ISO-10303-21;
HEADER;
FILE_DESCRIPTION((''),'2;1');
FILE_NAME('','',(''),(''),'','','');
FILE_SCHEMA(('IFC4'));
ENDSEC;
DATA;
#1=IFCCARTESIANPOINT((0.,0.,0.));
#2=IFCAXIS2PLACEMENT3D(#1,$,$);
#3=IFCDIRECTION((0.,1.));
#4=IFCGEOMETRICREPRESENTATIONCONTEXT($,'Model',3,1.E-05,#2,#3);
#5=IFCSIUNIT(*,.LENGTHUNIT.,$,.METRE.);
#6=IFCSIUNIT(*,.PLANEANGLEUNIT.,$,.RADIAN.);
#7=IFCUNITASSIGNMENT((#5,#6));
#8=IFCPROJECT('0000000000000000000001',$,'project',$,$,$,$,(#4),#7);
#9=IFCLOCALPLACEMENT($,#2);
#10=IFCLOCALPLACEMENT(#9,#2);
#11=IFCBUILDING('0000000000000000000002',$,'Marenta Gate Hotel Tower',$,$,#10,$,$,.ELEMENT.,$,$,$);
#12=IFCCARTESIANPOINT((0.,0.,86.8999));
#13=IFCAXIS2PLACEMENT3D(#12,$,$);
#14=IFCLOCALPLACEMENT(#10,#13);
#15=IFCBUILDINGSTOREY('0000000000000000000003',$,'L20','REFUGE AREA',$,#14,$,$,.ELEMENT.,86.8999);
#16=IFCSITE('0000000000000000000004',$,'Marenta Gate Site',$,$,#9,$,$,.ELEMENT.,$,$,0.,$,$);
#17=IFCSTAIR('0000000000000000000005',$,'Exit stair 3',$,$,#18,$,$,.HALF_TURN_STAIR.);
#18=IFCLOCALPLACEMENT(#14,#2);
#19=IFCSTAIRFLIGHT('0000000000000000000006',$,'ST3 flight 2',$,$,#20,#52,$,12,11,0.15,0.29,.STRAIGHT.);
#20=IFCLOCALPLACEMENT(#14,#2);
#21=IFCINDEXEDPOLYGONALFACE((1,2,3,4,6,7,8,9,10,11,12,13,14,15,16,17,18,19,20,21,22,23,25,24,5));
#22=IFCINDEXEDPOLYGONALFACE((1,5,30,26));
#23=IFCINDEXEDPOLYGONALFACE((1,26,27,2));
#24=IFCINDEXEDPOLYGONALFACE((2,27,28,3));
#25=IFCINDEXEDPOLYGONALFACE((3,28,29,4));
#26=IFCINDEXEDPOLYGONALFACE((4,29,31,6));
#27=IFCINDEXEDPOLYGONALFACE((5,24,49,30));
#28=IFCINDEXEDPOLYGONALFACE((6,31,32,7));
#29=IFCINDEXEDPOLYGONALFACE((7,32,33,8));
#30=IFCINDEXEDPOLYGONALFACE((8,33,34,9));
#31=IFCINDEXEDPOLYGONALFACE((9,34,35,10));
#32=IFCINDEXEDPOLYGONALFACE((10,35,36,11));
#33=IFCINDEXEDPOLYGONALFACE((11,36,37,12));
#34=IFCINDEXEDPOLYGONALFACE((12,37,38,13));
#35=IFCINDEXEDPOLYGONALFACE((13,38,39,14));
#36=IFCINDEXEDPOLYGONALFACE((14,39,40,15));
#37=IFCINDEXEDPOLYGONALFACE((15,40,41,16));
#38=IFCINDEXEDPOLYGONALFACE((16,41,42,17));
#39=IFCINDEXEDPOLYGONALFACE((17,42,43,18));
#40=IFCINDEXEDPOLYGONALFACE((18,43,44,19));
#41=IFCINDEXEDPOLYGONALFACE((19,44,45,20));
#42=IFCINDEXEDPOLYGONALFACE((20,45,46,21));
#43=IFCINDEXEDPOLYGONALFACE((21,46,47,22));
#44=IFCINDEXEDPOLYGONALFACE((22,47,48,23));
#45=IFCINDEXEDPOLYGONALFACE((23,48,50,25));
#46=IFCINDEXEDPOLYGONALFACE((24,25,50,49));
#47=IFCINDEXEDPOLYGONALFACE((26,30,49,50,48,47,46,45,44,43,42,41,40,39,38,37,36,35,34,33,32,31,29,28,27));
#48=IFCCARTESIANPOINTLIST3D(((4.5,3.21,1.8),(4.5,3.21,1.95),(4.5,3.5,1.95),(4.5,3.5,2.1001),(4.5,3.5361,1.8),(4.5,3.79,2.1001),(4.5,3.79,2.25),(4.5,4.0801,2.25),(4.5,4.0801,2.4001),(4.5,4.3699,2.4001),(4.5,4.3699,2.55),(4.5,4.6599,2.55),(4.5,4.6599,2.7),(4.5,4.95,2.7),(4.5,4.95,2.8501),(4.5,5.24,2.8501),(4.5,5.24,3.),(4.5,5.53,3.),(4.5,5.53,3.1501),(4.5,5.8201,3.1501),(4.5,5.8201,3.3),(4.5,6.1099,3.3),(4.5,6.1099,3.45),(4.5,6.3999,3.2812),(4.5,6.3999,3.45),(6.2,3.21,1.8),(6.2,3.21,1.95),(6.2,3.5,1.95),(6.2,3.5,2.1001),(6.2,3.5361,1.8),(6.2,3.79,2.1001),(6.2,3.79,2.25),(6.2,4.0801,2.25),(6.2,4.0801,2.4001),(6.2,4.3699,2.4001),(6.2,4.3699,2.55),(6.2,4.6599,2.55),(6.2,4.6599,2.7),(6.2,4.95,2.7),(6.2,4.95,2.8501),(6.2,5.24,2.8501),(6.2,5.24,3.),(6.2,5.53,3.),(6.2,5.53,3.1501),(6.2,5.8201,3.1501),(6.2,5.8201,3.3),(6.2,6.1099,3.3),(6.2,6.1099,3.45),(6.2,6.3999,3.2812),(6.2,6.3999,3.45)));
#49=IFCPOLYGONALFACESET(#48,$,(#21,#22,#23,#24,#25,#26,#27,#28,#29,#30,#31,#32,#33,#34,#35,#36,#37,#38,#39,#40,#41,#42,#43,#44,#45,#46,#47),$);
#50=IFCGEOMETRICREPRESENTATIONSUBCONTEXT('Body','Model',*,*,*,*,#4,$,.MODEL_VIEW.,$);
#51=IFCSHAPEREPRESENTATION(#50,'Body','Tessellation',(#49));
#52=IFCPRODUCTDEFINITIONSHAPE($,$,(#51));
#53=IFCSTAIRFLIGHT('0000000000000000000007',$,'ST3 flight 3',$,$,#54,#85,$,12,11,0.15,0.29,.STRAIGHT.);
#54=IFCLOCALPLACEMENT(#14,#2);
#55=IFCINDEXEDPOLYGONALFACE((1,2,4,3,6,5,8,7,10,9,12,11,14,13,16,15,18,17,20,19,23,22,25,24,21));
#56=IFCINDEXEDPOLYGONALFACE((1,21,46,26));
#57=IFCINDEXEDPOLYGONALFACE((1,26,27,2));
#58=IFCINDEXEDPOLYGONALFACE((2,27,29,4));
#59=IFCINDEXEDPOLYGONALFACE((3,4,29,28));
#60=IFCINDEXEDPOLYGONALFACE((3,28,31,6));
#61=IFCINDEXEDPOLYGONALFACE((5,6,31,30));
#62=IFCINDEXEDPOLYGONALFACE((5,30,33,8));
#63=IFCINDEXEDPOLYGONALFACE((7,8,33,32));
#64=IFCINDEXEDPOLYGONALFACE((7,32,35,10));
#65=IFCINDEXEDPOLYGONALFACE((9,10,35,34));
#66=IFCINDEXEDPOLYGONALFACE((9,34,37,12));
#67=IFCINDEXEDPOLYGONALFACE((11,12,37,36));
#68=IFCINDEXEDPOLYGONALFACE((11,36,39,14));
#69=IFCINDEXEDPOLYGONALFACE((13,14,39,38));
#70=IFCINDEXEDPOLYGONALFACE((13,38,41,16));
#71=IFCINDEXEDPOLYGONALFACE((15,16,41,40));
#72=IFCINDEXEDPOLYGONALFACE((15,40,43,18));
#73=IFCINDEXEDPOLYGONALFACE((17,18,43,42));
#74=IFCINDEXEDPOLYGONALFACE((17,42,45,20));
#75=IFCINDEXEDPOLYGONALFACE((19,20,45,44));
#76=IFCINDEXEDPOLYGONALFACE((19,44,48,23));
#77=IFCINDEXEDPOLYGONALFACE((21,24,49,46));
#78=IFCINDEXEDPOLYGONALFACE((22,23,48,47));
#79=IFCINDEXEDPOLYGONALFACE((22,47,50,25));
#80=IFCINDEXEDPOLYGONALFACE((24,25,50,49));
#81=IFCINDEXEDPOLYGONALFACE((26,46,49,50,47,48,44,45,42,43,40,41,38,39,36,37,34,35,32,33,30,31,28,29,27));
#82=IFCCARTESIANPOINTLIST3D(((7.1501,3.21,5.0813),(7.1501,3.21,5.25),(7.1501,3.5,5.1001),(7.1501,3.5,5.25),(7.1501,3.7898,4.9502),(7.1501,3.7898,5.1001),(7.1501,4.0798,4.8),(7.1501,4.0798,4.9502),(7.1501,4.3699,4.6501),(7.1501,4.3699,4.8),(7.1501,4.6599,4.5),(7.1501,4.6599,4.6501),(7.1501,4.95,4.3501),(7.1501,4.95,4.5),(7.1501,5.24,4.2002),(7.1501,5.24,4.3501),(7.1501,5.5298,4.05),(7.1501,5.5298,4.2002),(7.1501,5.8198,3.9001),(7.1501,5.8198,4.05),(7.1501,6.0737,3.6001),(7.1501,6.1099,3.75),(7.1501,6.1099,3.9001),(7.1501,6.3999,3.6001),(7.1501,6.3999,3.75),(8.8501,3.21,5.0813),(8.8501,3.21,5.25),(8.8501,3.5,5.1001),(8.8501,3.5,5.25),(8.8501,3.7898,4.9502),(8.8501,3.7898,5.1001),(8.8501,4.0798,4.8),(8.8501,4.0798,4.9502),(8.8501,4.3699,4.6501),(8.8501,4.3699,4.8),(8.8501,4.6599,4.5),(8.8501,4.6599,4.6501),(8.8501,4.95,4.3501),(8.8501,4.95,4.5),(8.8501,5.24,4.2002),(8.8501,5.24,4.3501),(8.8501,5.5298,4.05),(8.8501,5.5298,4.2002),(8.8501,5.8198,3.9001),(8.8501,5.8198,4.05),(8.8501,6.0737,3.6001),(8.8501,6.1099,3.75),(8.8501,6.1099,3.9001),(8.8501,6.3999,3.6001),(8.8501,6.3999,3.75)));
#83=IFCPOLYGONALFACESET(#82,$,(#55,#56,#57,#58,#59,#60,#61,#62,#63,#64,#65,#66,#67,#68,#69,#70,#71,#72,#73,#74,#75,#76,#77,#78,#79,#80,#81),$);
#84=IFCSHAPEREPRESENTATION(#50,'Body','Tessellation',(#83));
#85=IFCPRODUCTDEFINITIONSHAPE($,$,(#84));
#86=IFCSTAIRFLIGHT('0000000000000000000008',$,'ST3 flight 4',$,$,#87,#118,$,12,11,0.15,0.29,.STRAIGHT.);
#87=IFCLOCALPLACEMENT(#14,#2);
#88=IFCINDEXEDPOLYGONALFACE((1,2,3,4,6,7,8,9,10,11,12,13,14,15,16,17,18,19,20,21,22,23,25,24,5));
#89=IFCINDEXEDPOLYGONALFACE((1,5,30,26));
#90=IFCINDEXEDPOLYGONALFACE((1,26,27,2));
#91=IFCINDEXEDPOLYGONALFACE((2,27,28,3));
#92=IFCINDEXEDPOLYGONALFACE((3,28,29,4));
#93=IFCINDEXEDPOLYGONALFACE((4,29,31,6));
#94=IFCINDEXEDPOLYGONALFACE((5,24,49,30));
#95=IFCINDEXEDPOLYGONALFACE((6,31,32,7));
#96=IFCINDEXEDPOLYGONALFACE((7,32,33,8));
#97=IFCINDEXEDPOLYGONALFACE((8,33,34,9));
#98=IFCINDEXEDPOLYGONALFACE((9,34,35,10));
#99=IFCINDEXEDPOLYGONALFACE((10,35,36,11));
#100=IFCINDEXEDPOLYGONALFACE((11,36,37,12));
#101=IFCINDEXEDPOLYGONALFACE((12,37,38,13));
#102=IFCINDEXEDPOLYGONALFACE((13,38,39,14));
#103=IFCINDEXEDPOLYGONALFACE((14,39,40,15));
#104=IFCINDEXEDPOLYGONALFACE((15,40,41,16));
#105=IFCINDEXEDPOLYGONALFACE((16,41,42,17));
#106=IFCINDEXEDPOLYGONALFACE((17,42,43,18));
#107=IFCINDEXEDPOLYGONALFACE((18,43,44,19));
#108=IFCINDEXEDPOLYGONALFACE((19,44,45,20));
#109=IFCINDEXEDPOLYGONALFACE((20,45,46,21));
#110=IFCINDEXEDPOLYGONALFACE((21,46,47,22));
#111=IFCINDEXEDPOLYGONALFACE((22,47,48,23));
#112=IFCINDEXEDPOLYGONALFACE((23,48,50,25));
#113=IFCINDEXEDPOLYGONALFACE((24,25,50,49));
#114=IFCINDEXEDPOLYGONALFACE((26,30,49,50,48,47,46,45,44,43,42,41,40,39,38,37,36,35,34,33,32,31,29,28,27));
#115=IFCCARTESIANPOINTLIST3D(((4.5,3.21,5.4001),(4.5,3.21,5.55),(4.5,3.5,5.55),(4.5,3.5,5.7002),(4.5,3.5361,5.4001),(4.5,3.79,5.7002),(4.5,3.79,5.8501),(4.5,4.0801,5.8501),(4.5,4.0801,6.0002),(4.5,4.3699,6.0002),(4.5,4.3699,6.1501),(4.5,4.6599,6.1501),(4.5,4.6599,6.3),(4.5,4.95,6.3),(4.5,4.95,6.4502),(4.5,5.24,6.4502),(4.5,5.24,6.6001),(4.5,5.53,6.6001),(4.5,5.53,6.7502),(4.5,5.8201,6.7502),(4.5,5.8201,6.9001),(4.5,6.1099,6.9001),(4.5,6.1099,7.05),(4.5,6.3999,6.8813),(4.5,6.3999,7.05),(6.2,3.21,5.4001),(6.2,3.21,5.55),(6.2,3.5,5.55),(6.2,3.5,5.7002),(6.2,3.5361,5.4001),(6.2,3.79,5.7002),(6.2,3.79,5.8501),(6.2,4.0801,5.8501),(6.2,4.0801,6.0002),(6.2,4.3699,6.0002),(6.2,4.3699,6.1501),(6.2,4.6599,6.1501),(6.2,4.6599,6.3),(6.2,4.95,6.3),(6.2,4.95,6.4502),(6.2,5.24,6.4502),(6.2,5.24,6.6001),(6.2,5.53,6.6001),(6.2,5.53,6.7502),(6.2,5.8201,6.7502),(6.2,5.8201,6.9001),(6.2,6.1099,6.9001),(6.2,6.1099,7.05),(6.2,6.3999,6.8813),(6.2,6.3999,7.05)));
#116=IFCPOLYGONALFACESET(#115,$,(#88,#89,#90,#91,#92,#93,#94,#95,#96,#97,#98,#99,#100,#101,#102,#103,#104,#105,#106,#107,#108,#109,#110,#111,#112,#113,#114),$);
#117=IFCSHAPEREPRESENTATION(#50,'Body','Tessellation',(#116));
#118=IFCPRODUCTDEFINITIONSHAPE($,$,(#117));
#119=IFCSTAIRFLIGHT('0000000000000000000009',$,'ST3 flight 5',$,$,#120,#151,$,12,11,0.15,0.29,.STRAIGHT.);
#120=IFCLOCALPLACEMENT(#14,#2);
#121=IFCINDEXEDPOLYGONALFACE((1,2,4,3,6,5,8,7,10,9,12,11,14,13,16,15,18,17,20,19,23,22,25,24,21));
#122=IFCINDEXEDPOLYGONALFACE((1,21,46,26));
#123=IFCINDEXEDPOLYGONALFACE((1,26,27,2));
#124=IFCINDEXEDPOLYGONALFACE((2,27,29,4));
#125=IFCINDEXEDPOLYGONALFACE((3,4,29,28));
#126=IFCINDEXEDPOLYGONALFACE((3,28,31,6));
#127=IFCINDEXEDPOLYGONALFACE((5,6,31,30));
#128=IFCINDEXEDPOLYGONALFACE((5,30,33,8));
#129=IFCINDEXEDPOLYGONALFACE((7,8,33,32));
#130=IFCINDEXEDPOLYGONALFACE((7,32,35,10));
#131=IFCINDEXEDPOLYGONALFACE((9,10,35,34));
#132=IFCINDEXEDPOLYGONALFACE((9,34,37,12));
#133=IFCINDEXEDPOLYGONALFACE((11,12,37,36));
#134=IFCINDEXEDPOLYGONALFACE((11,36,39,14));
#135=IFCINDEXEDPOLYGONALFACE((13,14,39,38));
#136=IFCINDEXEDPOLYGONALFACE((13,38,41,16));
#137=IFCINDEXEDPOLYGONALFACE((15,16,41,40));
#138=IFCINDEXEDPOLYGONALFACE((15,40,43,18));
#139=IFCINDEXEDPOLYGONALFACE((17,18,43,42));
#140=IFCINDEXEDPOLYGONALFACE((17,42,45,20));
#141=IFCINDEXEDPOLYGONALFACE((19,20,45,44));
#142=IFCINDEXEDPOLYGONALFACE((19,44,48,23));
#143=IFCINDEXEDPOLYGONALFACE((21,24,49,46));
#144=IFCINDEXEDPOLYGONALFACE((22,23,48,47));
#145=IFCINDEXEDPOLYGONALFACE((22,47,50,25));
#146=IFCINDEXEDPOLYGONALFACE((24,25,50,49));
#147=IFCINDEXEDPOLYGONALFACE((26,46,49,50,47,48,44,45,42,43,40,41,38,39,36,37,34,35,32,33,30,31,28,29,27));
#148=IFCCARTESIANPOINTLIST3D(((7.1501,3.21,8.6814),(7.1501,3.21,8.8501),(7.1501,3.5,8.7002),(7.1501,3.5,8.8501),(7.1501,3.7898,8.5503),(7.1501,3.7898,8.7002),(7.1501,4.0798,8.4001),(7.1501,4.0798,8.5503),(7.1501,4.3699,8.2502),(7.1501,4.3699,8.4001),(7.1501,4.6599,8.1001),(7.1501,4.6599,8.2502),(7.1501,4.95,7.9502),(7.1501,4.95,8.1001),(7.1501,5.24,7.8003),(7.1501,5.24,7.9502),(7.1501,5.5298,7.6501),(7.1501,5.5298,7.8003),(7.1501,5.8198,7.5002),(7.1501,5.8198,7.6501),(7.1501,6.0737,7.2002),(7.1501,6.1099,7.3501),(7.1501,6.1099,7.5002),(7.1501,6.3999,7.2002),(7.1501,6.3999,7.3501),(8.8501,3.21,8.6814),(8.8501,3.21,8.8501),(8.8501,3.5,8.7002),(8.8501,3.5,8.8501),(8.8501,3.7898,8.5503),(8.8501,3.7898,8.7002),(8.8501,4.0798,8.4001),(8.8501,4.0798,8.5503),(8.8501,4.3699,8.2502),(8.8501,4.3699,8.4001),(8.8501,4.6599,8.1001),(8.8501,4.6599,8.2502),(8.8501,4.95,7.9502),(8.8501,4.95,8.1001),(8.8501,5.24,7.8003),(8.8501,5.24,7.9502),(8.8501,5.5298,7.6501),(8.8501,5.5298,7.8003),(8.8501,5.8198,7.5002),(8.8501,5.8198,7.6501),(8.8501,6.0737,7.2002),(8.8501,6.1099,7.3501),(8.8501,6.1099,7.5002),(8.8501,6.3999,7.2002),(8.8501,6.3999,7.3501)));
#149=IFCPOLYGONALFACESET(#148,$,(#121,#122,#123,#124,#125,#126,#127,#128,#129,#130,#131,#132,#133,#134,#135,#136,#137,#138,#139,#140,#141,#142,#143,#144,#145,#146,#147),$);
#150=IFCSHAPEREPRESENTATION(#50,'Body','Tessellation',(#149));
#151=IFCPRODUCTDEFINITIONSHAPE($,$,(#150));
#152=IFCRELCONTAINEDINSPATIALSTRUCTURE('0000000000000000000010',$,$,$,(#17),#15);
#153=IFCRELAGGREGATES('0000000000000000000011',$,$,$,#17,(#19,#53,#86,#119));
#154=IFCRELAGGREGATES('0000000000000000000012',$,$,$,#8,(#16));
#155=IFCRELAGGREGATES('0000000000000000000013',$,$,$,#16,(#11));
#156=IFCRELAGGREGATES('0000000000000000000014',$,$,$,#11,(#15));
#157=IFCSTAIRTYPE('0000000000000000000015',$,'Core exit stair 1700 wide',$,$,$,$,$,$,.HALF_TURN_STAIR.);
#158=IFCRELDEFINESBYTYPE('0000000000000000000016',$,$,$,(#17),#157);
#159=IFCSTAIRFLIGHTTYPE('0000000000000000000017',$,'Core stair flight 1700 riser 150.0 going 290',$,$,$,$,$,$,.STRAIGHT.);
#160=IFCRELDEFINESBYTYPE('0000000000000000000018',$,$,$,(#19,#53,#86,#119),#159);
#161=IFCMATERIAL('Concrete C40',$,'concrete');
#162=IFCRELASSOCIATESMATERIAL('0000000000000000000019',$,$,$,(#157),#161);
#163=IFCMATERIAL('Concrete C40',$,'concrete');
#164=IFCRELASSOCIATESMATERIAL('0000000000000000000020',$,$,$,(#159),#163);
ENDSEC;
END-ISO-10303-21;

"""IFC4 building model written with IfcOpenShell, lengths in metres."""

from ifc_helpers import new_model, si_unit, direction, frame, origin, place, context, subcontext, project, spatial, polyline, outline, extrude, material, type_object, element, aggregate, save


model = new_model("IFC4")

# Units and contexts
model_context = context("Model", 3, precision=1e-05, world=origin(), true_north=direction((0.0, 1.0)))
body_context = subcontext(model_context, "Body", "Model", "MODEL_VIEW")
ifc_project = project(units=[si_unit("LENGTHUNIT", "METRE"), si_unit("PLANEANGLEUNIT", "RADIAN")], contexts=[model_context])

# Site, building, storey
site_placement = place(None, origin())
site = spatial("IfcSite", under=ifc_project, at=site_placement, Name="Marenta Gate Site", CompositionType="ELEMENT", RefElevation=0.0)
building_placement = place(site_placement, origin())
building = spatial("IfcBuilding", under=site, at=building_placement, Name="Marenta Gate Hotel Tower", CompositionType="ELEMENT")
storey_placement = place(building_placement, frame((0.0, 0.0, 86.8999)))
storey = spatial("IfcBuildingStorey", under=building, at=storey_placement, Name="L20", Description="REFUGE AREA", CompositionType="ELEMENT", Elevation=86.8999)

# Stair, stair flights
ifc_material_1 = material(Name="Concrete C40", Category="concrete")
stair_type = type_object("IfcStairType", Name="Core exit stair 1700 wide", PredefinedType="HALF_TURN_STAIR", material=ifc_material_1)
stair_1_placement = place(storey_placement, origin())
stair_1 = element("IfcStair", 1, at=stair_1_placement, inside=storey, type_object=stair_type, Name="Exit stair 3", PredefinedType="HALF_TURN_STAIR")
ifc_material_2 = material(Name="Concrete C40", Category="concrete")
stair_flight_type = type_object("IfcStairFlightType", Name="Core stair flight 1700 riser 150.0 going 290", PredefinedType="STRAIGHT", material=ifc_material_2)
stair_flight_1_placement = place(storey_placement, frame((5.3501, 3.21, 1.8), z_axis=(0.0, 0.0, 1.0), x_axis=(0.0, 1.0, 0.0)))
stair_flight_1 = element("IfcStairFlight", 2, at=stair_flight_1_placement, type_object=stair_flight_type, Name="ST3 flight 2", NumberOfRisers=12, NumberOfTreads=11, PredefinedType="STRAIGHT", RiserHeight=0.15, TreadLength=0.29, context=body_context, shape_type="SweptSolid", body=[
    extrude(outline(polyline([(0.0, 0.0), (0.0, 0.1499), (0.29, 0.1499), (0.29, 0.3), (0.5801, 0.3), (0.5801, 0.45), (0.8701, 0.45), (0.8701, 0.6001), (1.1599, 0.6001), (1.1599, 0.75), (1.45, 0.75), (1.45, 0.8999), (1.74, 0.8999), (1.74, 1.05), (2.03, 1.05), (2.03, 1.2), (2.3201, 1.2), (2.3201, 1.3501), (2.6101, 1.3501), (2.6101, 1.5), (2.8999, 1.5), (2.8999, 1.6499), (3.1899, 1.6499), (3.1899, 1.8), (3.1899, 1.4812), (0.3262, 0.0), (0.0, 0.0)])), frame((0.0, 0.8501, 0.0), z_axis=(0.0, -1.0, 0.0), x_axis=(1.0, 0.0, 0.0)), (0.0, 0.0, 1.0), 1.7),
])
stair_flight_2_placement = place(storey_placement, frame((8.0, 6.3999, 3.6001), z_axis=(0.0, 0.0, 1.0), x_axis=(0.0, -1.0, 0.0)))
stair_flight_2 = element("IfcStairFlight", 3, at=stair_flight_2_placement, type_object=stair_flight_type, Name="ST3 flight 3", NumberOfRisers=12, NumberOfTreads=11, PredefinedType="STRAIGHT", RiserHeight=0.15, TreadLength=0.29, context=body_context, shape_type="SweptSolid", body=[
    extrude(outline(polyline([(0.0, 0.0), (0.0, 0.1499), (0.29, 0.1499), (0.29, 0.3), (0.5801, 0.3), (0.5801, 0.45), (0.8701, 0.45), (0.8701, 0.6001), (1.1599, 0.6001), (1.1599, 0.75), (1.45, 0.75), (1.45, 0.8999), (1.74, 0.8999), (1.74, 1.05), (2.03, 1.05), (2.03, 1.2), (2.3201, 1.2), (2.3201, 1.3501), (2.6101, 1.3501), (2.6101, 1.5), (2.8999, 1.5), (2.8999, 1.6499), (3.1899, 1.6499), (3.1899, 1.8), (3.1899, 1.4812), (0.3262, 0.0), (0.0, 0.0)])), frame((0.0, 0.8501, 0.0), z_axis=(0.0, -1.0, 0.0), x_axis=(1.0, 0.0, 0.0)), (0.0, 0.0, 1.0), 1.7),
])
stair_flight_3_placement = place(storey_placement, frame((5.3501, 3.21, 5.4001), z_axis=(0.0, 0.0, 1.0), x_axis=(0.0, 1.0, 0.0)))
stair_flight_3 = element("IfcStairFlight", 4, at=stair_flight_3_placement, type_object=stair_flight_type, Name="ST3 flight 4", NumberOfRisers=12, NumberOfTreads=11, PredefinedType="STRAIGHT", RiserHeight=0.15, TreadLength=0.29, context=body_context, shape_type="SweptSolid", body=[
    extrude(outline(polyline([(0.0, 0.0), (0.0, 0.1499), (0.29, 0.1499), (0.29, 0.3), (0.5801, 0.3), (0.5801, 0.45), (0.8701, 0.45), (0.8701, 0.6001), (1.1599, 0.6001), (1.1599, 0.75), (1.45, 0.75), (1.45, 0.8999), (1.74, 0.8999), (1.74, 1.05), (2.03, 1.05), (2.03, 1.2), (2.3201, 1.2), (2.3201, 1.3501), (2.6101, 1.3501), (2.6101, 1.5), (2.8999, 1.5), (2.8999, 1.6499), (3.1899, 1.6499), (3.1899, 1.8), (3.1899, 1.4812), (0.3262, 0.0), (0.0, 0.0)])), frame((0.0, 0.8501, 0.0), z_axis=(0.0, -1.0, 0.0), x_axis=(1.0, 0.0, 0.0)), (0.0, 0.0, 1.0), 1.7),
])
stair_flight_4_placement = place(storey_placement, frame((8.0, 6.3999, 7.2002), z_axis=(0.0, 0.0, 1.0), x_axis=(0.0, -1.0, 0.0)))
stair_flight_4 = element("IfcStairFlight", 5, at=stair_flight_4_placement, type_object=stair_flight_type, Name="ST3 flight 5", NumberOfRisers=12, NumberOfTreads=11, PredefinedType="STRAIGHT", RiserHeight=0.15, TreadLength=0.29, context=body_context, shape_type="SweptSolid", body=[
    extrude(outline(polyline([(0.0, 0.0), (0.0, 0.1499), (0.29, 0.1499), (0.29, 0.3), (0.5801, 0.3), (0.5801, 0.45), (0.8701, 0.45), (0.8701, 0.6001), (1.1599, 0.6001), (1.1599, 0.75), (1.45, 0.75), (1.45, 0.8999), (1.74, 0.8999), (1.74, 1.05), (2.03, 1.05), (2.03, 1.2), (2.3201, 1.2), (2.3201, 1.3501), (2.6101, 1.3501), (2.6101, 1.5), (2.8999, 1.5), (2.8999, 1.6499), (3.1899, 1.6499), (3.1899, 1.8), (3.1899, 1.4812), (0.3262, 0.0), (0.0, 0.0)])), frame((0.0, 0.8501, 0.0), z_axis=(0.0, -1.0, 0.0), x_axis=(1.0, 0.0, 0.0)), (0.0, 0.0, 1.0), 1.7),
])
aggregate(stair_1, [stair_flight_1, stair_flight_2, stair_flight_3, stair_flight_4])

save(model, "model.ifc")
